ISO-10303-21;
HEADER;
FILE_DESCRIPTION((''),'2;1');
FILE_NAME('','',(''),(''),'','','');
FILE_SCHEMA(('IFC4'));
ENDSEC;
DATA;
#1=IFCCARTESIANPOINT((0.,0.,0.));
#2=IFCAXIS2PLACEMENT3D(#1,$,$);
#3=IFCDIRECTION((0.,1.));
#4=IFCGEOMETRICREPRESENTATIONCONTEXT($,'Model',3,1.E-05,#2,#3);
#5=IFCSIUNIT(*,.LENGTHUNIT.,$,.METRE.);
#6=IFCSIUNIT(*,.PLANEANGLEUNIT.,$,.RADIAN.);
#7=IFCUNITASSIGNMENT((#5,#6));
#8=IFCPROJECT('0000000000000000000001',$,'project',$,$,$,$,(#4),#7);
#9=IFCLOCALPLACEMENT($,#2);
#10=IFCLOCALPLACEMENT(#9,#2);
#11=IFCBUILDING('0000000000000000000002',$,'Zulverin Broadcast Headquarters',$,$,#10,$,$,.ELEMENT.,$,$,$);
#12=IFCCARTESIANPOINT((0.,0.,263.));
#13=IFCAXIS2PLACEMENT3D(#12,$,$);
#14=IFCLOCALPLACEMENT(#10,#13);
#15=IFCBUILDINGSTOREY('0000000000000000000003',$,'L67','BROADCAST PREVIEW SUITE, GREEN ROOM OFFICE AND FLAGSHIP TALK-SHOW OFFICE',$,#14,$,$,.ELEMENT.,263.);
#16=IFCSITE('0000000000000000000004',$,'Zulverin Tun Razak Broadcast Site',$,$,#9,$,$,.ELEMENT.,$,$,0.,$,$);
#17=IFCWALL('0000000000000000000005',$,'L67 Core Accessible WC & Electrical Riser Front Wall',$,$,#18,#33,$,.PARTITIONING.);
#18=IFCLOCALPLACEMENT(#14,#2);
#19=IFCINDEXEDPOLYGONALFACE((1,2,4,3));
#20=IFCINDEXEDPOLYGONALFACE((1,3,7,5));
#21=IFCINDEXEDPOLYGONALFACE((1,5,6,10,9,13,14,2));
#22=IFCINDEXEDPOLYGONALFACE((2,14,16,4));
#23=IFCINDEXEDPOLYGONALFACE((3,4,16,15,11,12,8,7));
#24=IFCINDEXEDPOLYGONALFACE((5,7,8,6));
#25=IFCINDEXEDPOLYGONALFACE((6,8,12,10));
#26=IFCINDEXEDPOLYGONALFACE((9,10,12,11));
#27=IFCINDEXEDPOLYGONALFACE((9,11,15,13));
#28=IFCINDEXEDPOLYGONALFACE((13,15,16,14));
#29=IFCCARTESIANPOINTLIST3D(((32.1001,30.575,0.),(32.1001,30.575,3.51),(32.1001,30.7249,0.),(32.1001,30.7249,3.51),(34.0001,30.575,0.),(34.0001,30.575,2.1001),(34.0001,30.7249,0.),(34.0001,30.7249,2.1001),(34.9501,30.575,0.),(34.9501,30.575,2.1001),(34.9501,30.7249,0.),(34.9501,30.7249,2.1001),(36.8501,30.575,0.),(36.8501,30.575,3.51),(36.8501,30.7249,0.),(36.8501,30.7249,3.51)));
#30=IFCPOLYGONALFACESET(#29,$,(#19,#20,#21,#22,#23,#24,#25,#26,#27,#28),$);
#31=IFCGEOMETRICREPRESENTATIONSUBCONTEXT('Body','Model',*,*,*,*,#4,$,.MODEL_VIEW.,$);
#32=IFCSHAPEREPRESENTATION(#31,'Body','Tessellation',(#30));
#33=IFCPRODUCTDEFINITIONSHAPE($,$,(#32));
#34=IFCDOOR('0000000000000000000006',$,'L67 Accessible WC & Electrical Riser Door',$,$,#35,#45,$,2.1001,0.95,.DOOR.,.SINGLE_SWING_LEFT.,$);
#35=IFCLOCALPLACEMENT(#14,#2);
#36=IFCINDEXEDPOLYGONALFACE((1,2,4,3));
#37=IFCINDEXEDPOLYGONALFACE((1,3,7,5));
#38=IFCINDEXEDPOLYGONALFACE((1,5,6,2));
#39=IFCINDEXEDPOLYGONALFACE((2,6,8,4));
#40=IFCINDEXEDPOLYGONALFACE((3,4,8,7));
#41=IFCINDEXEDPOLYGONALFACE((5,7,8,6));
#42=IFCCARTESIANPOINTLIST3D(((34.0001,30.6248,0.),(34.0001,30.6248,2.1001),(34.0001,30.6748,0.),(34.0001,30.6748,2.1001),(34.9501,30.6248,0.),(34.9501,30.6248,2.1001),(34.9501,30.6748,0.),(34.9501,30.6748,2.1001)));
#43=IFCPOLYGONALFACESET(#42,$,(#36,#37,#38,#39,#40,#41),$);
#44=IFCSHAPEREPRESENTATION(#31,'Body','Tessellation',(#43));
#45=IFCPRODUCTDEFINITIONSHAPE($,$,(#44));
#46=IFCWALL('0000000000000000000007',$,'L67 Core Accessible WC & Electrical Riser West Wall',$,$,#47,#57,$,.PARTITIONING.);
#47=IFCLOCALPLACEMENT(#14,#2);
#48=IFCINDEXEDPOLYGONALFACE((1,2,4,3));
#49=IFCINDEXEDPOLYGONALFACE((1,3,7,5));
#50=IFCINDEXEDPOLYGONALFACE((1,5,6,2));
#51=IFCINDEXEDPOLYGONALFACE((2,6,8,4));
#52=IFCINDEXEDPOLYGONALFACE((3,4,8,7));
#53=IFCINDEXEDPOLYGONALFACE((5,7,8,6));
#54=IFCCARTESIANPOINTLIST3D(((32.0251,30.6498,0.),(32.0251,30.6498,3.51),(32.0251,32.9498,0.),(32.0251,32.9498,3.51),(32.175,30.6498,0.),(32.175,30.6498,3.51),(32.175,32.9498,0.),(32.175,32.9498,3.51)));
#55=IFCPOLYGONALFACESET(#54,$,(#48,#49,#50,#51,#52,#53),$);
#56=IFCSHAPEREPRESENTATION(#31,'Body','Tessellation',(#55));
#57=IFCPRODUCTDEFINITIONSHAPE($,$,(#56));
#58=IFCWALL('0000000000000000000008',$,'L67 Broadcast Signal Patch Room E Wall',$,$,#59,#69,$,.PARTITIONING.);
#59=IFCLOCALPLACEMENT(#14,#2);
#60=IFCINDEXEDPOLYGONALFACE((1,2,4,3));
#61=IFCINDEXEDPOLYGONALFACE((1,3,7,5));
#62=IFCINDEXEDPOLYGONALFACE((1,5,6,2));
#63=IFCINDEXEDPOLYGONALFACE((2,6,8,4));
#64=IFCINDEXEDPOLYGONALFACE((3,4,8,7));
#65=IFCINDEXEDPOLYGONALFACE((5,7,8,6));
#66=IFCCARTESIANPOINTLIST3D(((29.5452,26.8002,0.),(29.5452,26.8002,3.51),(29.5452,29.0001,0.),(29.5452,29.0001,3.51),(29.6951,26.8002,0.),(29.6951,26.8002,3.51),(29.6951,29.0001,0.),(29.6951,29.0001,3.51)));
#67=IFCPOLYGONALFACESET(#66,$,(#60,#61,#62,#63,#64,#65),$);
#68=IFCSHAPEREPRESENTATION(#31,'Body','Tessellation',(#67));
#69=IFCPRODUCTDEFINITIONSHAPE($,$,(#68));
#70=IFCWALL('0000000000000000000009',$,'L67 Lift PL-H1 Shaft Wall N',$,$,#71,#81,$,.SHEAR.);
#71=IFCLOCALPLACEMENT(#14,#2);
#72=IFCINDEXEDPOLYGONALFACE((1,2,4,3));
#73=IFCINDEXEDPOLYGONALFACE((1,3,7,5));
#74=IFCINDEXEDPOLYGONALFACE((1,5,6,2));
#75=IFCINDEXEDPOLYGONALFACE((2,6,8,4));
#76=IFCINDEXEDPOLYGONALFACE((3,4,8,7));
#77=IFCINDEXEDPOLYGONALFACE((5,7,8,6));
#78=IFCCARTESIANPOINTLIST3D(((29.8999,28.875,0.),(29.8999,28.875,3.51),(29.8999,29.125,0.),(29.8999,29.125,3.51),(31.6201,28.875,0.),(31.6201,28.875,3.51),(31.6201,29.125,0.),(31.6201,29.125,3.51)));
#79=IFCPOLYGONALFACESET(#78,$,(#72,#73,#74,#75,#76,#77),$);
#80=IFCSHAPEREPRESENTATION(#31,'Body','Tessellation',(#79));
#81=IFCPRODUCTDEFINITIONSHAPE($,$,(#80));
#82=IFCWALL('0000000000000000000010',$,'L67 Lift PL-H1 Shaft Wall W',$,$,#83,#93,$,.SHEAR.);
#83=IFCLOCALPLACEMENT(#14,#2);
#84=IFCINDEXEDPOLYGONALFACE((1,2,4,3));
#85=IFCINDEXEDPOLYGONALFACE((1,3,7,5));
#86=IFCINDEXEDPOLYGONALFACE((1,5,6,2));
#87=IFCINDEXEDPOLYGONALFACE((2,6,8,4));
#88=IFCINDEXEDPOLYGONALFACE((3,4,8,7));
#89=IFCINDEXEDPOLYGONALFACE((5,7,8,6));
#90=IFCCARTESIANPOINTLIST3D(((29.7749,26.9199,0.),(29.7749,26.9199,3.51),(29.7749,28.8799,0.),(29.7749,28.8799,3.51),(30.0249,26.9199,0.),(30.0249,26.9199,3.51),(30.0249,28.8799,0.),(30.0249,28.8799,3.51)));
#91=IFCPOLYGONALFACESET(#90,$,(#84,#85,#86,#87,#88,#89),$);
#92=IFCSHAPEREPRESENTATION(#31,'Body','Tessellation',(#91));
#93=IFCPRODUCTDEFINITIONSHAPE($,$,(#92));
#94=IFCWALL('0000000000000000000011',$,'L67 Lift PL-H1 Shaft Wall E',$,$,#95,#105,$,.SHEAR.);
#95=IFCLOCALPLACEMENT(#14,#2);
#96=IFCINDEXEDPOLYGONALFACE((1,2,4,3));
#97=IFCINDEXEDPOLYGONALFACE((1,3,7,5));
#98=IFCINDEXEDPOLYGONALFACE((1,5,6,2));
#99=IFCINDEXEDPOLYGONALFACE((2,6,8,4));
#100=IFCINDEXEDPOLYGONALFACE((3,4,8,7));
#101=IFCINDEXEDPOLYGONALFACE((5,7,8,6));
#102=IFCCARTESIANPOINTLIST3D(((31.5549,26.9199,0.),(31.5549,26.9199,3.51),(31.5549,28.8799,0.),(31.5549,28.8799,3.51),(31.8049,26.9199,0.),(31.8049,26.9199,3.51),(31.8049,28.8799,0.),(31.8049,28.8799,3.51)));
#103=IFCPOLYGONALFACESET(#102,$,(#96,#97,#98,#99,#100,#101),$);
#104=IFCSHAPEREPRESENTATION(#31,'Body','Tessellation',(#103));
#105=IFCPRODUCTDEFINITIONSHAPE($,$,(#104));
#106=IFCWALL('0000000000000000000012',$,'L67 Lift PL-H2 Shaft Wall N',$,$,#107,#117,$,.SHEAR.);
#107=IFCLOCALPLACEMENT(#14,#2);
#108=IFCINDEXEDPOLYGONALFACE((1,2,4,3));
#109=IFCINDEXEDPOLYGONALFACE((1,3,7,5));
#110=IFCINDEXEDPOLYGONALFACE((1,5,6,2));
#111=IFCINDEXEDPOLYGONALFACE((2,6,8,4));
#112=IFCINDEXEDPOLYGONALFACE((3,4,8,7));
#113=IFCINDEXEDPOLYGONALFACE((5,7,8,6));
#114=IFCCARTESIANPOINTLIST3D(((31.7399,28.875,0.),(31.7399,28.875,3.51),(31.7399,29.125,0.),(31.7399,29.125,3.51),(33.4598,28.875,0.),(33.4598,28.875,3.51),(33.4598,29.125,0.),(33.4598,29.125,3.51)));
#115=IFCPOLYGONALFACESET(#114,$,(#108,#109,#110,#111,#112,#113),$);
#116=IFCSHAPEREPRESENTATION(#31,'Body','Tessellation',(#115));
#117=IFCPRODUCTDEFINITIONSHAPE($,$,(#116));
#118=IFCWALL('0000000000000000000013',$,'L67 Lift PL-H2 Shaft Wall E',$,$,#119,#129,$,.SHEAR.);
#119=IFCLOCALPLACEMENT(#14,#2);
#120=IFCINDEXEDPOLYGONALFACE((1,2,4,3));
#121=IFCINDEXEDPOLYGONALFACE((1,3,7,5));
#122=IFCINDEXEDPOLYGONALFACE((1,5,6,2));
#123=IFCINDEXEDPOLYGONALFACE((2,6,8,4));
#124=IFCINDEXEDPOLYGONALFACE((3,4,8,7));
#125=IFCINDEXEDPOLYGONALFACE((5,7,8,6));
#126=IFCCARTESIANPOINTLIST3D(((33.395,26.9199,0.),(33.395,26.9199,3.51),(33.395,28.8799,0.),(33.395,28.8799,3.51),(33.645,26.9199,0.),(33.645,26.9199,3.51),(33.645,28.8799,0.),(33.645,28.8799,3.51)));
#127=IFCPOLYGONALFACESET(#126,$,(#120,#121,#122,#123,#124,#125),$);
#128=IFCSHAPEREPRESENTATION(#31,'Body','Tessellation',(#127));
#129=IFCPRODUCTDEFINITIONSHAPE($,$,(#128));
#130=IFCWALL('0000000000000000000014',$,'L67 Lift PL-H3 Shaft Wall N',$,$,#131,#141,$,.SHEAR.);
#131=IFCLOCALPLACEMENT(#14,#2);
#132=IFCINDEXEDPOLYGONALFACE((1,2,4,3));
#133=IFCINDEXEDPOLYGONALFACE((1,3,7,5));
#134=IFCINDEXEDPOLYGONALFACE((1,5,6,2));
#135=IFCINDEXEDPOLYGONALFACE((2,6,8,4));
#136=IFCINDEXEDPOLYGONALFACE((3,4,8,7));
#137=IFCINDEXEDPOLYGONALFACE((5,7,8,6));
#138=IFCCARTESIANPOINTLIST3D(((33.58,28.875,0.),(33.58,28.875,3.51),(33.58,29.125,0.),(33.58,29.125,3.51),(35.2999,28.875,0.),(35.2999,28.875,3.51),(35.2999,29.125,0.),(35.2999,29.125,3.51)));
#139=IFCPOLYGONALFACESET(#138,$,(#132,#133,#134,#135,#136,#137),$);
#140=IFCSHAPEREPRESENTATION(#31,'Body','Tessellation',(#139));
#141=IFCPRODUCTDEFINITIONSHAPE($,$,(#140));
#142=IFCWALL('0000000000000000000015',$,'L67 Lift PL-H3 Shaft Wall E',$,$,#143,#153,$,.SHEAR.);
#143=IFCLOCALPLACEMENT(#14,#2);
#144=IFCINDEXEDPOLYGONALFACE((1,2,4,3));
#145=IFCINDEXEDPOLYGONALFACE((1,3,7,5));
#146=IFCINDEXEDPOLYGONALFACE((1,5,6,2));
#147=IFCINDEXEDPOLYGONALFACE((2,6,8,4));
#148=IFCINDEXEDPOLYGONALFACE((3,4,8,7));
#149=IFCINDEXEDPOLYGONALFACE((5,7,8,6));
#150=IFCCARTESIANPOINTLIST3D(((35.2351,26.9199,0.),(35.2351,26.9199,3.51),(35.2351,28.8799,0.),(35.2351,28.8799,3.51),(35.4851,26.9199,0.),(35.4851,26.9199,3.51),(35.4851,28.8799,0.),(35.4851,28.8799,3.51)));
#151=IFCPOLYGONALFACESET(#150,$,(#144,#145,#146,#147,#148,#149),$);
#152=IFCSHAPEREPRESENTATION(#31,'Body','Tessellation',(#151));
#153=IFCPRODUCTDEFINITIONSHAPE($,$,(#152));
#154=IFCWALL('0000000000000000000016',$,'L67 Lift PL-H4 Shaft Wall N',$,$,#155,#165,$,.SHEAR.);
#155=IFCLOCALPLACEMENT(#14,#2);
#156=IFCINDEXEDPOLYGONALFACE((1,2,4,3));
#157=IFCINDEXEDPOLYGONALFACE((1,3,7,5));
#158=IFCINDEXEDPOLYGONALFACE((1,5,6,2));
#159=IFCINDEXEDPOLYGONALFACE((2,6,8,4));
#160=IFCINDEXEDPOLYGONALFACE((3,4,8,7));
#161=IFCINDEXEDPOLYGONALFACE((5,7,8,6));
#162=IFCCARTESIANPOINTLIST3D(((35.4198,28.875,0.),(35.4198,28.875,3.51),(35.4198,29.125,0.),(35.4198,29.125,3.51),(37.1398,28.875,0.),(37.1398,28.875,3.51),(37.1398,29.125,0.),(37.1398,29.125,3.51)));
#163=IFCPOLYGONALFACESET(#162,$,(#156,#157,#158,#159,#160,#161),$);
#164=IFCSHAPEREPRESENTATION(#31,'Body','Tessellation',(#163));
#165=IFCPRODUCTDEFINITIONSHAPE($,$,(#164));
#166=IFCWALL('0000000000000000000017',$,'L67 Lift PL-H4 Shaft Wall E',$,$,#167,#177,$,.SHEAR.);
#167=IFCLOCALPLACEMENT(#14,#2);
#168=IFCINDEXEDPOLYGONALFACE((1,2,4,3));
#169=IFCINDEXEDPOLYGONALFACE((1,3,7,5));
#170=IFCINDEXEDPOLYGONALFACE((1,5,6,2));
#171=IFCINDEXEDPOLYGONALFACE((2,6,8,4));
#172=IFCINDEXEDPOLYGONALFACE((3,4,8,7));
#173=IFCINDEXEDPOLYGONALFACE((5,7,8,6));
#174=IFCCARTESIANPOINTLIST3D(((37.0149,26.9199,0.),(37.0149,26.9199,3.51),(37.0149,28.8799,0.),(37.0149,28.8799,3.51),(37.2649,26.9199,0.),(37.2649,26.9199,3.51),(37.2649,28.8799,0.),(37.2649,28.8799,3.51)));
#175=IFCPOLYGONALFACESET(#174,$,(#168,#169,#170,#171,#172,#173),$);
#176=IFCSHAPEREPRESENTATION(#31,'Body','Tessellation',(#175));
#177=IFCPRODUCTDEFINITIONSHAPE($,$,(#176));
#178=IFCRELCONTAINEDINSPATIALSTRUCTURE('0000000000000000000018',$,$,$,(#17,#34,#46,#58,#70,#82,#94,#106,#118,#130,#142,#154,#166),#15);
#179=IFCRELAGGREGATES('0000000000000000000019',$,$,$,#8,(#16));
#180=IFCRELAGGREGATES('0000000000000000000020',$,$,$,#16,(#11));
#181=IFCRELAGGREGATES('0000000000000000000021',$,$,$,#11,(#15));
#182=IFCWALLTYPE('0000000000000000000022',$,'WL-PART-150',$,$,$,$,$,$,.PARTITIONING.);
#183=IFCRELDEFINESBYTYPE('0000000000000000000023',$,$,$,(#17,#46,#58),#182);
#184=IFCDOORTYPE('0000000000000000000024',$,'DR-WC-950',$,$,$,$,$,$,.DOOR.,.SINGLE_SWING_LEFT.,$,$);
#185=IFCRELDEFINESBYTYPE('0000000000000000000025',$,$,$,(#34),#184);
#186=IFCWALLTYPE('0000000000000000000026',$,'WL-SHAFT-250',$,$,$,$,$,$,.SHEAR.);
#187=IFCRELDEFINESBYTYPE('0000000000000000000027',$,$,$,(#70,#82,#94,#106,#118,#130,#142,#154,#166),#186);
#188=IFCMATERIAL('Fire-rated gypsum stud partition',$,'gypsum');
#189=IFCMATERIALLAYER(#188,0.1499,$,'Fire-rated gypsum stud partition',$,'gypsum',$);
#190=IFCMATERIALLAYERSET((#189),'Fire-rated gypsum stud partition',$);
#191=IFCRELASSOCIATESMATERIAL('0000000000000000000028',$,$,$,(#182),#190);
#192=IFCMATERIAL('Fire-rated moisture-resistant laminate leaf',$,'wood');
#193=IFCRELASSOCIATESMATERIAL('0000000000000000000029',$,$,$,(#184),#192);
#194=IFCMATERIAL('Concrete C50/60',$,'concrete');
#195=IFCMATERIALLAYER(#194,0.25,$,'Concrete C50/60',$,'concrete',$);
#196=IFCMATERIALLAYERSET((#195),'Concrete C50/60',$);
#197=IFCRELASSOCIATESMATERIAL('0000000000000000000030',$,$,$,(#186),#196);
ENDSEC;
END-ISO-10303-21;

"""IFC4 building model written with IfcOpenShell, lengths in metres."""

from ifc_helpers import new_model, si_unit, direction, frame, frame_2d, origin, place, context, subcontext, project, spatial, rectangle, extrude, material, layer, layer_set, type_object, element, fill, save


model = new_model("IFC4")

# Units and contexts
model_context = context("Model", 3, precision=1e-05, world=origin(), true_north=direction((0.0, 1.0)))
body_context = subcontext(model_context, "Body", "Model", "MODEL_VIEW")
ifc_project = project(units=[si_unit("LENGTHUNIT", "METRE"), si_unit("PLANEANGLEUNIT", "RADIAN")], contexts=[model_context])

# Site, building, storey
site_placement = place(None, origin())
site = spatial("IfcSite", under=ifc_project, at=site_placement, Name="Zulverin Tun Razak Broadcast Site", CompositionType="ELEMENT", RefElevation=0.0)
building_placement = place(site_placement, origin())
building = spatial("IfcBuilding", under=site, at=building_placement, Name="Zulverin Broadcast Headquarters", CompositionType="ELEMENT")
storey_placement = place(building_placement, frame((0.0, 0.0, 263.0)))
storey = spatial("IfcBuildingStorey", under=building, at=storey_placement, Name="L67", Description="BROADCAST PREVIEW SUITE, GREEN ROOM OFFICE AND FLAGSHIP TALK-SHOW OFFICE", CompositionType="ELEMENT", Elevation=263.0)

# Wall, opening, door
ifc_material_1 = material(Name="Fire-rated gypsum stud partition", Category="gypsum")
ifc_layer_1 = layer(ifc_material_1, 0.1499, Name="Fire-rated gypsum stud partition", Category="gypsum")
ifc_layer_set_1 = layer_set([ifc_layer_1], Name="Fire-rated gypsum stud partition")
wall_type_1 = type_object("IfcWallType", Name="WL-PART-150", PredefinedType="PARTITIONING", material=ifc_layer_set_1)
wall_1_placement = place(storey_placement, frame((32.1001, 30.6499, 0.0), z_axis=(0.0, 0.0, 1.0), x_axis=(1.0, 0.0, 0.0)))
wall_1 = element("IfcWall", 1, at=wall_1_placement, inside=storey, type_object=wall_type_1, Name="L67 Core Accessible WC & Electrical Riser Front Wall", PredefinedType="PARTITIONING", context=body_context, shape_type="SweptSolid", body=[
    extrude(rectangle(XDim=4.75, YDim=0.1499, at=frame_2d((2.375, 0.0))), origin(), (0.0, 0.0, 1.0), 3.51),
])
opening_1_placement = place(wall_1_placement, frame((1.8999, 0.0, 0.0)))
opening_1 = element("IfcOpeningElement", 2, at=opening_1_placement, cuts=wall_1, PredefinedType="OPENING", context=body_context, shape_type="SweptSolid", body=[
    extrude(rectangle(XDim=0.95, YDim=2.1001, at=frame_2d((0.4751, 1.05))), frame((0.0, 0.085, 0.0), z_axis=(0.0, -1.0, 0.0), x_axis=(1.0, 0.0, 0.0)), (0.0, 0.0, 1.0), 0.1699),
])
ifc_material_2 = material(Name="Fire-rated moisture-resistant laminate leaf", Category="wood")
door_type_1 = type_object("IfcDoorType", Name="DR-WC-950", OperationType="SINGLE_SWING_LEFT", PredefinedType="DOOR", material=ifc_material_2)
door_1_placement = place(opening_1_placement, origin())
door_1 = element("IfcDoor", 3, at=door_1_placement, inside=storey, type_object=door_type_1, Name="L67 Accessible WC & Electrical Riser Door", OperationType="SINGLE_SWING_LEFT", OverallHeight=2.1001, OverallWidth=0.95, PredefinedType="DOOR", context=body_context, shape_type="SweptSolid", body=[
    extrude(rectangle(XDim=0.95, YDim=2.1001, at=frame_2d((0.4751, 1.05))), frame((0.0, 0.0249, 0.0), z_axis=(0.0, -1.0, 0.0), x_axis=(1.0, 0.0, 0.0)), (0.0, 0.0, 1.0), 0.05),
])
fill(opening_1, door_1)

# Walls
wall_2_placement = place(storey_placement, frame((32.1001, 30.6499, 0.0), z_axis=(0.0, 0.0, 1.0), x_axis=(0.0, 1.0, 0.0)))
element("IfcWall", 4, at=wall_2_placement, inside=storey, type_object=wall_type_1, Name="L67 Core Accessible WC & Electrical Riser West Wall", PredefinedType="PARTITIONING", context=body_context, shape_type="SweptSolid", body=[
    extrude(rectangle(XDim=2.3, YDim=0.1499, at=frame_2d((1.1499, 0.0))), origin(), (0.0, 0.0, 1.0), 3.51),
])
wall_3_placement = place(storey_placement, frame((29.6201, 26.8, 0.0), z_axis=(0.0, 0.0, 1.0), x_axis=(0.0, 1.0, 0.0)))
element("IfcWall", 5, at=wall_3_placement, inside=storey, type_object=wall_type_1, Name="L67 Broadcast Signal Patch Room E Wall", PredefinedType="PARTITIONING", context=body_context, shape_type="SweptSolid", body=[
    extrude(rectangle(XDim=2.2, YDim=0.1499, at=frame_2d((1.1001, 0.0))), origin(), (0.0, 0.0, 1.0), 3.51),
])

# Shared definitions
ifc_material_3 = material(Name="Concrete C50/60", Category="concrete")
ifc_layer_2 = layer(ifc_material_3, 0.25, Name="Concrete C50/60", Category="concrete")
ifc_layer_set_2 = layer_set([ifc_layer_2], Name="Concrete C50/60")
wall_type_2 = type_object("IfcWallType", Name="WL-SHAFT-250", PredefinedType="SHEAR", material=ifc_layer_set_2)

# Walls
wall_4_placement = place(storey_placement, frame((29.8999, 29.0, 0.0), z_axis=(0.0, 0.0, 1.0), x_axis=(1.0, 0.0, 0.0)))
element("IfcWall", 6, at=wall_4_placement, inside=storey, type_object=wall_type_2, Name="L67 Lift PL-H1 Shaft Wall N", PredefinedType="SHEAR", context=body_context, shape_type="SweptSolid", body=[
    extrude(rectangle(XDim=1.7202, YDim=0.25, at=frame_2d((0.8601, 0.0))), origin(), (0.0, 0.0, 1.0), 3.51),
])
for number, where, z_axis, x_axis, name in (
    (7, (29.8999, 26.9199, 0.0), (0.0, 0.0, 1.0), (0.0, 1.0, 0.0), "L67 Lift PL-H1 Shaft Wall W"),
    (8, (31.6799, 26.9199, 0.0), (0.0, 0.0, 1.0), (0.0, 1.0, 0.0), "L67 Lift PL-H1 Shaft Wall E"),
):
    element("IfcWall", number, at=place(storey_placement, frame(where, z_axis=z_axis, x_axis=x_axis)), inside=storey, type_object=wall_type_2, Name=name, PredefinedType="SHEAR", context=body_context, shape_type="SweptSolid", body=[
        extrude(rectangle(XDim=1.96, YDim=0.25, at=frame_2d((0.98, 0.0))), origin(), (0.0, 0.0, 1.0), 3.51),
    ])

# Walls
wall_5_placement = place(storey_placement, frame((31.74, 29.0, 0.0), z_axis=(0.0, 0.0, 1.0), x_axis=(1.0, 0.0, 0.0)))
element("IfcWall", 9, at=wall_5_placement, inside=storey, type_object=wall_type_2, Name="L67 Lift PL-H2 Shaft Wall N", PredefinedType="SHEAR", context=body_context, shape_type="SweptSolid", body=[
    extrude(rectangle(XDim=1.72, YDim=0.25, at=frame_2d((0.8599, 0.0))), origin(), (0.0, 0.0, 1.0), 3.51),
])
wall_6_placement = place(storey_placement, frame((33.52, 26.9199, 0.0), z_axis=(0.0, 0.0, 1.0), x_axis=(0.0, 1.0, 0.0)))
element("IfcWall", 10, at=wall_6_placement, inside=storey, type_object=wall_type_2, Name="L67 Lift PL-H2 Shaft Wall E", PredefinedType="SHEAR", context=body_context, shape_type="SweptSolid", body=[
    extrude(rectangle(XDim=1.96, YDim=0.25, at=frame_2d((0.98, 0.0))), origin(), (0.0, 0.0, 1.0), 3.51),
])

# Walls
wall_7_placement = place(storey_placement, frame((33.5801, 29.0, 0.0), z_axis=(0.0, 0.0, 1.0), x_axis=(1.0, 0.0, 0.0)))
element("IfcWall", 11, at=wall_7_placement, inside=storey, type_object=wall_type_2, Name="L67 Lift PL-H3 Shaft Wall N", PredefinedType="SHEAR", context=body_context, shape_type="SweptSolid", body=[
    extrude(rectangle(XDim=1.72, YDim=0.25, at=frame_2d((0.8599, 0.0))), origin(), (0.0, 0.0, 1.0), 3.51),
])
wall_8_placement = place(storey_placement, frame((35.3601, 26.9199, 0.0), z_axis=(0.0, 0.0, 1.0), x_axis=(0.0, 1.0, 0.0)))
element("IfcWall", 12, at=wall_8_placement, inside=storey, type_object=wall_type_2, Name="L67 Lift PL-H3 Shaft Wall E", PredefinedType="SHEAR", context=body_context, shape_type="SweptSolid", body=[
    extrude(rectangle(XDim=1.96, YDim=0.25, at=frame_2d((0.98, 0.0))), origin(), (0.0, 0.0, 1.0), 3.51),
])

# Walls
wall_9_placement = place(storey_placement, frame((35.4199, 29.0, 0.0), z_axis=(0.0, 0.0, 1.0), x_axis=(1.0, 0.0, 0.0)))
element("IfcWall", 13, at=wall_9_placement, inside=storey, type_object=wall_type_2, Name="L67 Lift PL-H4 Shaft Wall N", PredefinedType="SHEAR", context=body_context, shape_type="SweptSolid", body=[
    extrude(rectangle(XDim=1.72, YDim=0.25, at=frame_2d((0.8599, 0.0))), origin(), (0.0, 0.0, 1.0), 3.51),
])
wall_10_placement = place(storey_placement, frame((37.1399, 26.9199, 0.0), z_axis=(0.0, 0.0, 1.0), x_axis=(0.0, 1.0, 0.0)))
element("IfcWall", 14, at=wall_10_placement, inside=storey, type_object=wall_type_2, Name="L67 Lift PL-H4 Shaft Wall E", PredefinedType="SHEAR", context=body_context, shape_type="SweptSolid", body=[
    extrude(rectangle(XDim=1.96, YDim=0.25, at=frame_2d((0.98, 0.0))), origin(), (0.0, 0.0, 1.0), 3.51),
])

save(model, "model.ifc")
